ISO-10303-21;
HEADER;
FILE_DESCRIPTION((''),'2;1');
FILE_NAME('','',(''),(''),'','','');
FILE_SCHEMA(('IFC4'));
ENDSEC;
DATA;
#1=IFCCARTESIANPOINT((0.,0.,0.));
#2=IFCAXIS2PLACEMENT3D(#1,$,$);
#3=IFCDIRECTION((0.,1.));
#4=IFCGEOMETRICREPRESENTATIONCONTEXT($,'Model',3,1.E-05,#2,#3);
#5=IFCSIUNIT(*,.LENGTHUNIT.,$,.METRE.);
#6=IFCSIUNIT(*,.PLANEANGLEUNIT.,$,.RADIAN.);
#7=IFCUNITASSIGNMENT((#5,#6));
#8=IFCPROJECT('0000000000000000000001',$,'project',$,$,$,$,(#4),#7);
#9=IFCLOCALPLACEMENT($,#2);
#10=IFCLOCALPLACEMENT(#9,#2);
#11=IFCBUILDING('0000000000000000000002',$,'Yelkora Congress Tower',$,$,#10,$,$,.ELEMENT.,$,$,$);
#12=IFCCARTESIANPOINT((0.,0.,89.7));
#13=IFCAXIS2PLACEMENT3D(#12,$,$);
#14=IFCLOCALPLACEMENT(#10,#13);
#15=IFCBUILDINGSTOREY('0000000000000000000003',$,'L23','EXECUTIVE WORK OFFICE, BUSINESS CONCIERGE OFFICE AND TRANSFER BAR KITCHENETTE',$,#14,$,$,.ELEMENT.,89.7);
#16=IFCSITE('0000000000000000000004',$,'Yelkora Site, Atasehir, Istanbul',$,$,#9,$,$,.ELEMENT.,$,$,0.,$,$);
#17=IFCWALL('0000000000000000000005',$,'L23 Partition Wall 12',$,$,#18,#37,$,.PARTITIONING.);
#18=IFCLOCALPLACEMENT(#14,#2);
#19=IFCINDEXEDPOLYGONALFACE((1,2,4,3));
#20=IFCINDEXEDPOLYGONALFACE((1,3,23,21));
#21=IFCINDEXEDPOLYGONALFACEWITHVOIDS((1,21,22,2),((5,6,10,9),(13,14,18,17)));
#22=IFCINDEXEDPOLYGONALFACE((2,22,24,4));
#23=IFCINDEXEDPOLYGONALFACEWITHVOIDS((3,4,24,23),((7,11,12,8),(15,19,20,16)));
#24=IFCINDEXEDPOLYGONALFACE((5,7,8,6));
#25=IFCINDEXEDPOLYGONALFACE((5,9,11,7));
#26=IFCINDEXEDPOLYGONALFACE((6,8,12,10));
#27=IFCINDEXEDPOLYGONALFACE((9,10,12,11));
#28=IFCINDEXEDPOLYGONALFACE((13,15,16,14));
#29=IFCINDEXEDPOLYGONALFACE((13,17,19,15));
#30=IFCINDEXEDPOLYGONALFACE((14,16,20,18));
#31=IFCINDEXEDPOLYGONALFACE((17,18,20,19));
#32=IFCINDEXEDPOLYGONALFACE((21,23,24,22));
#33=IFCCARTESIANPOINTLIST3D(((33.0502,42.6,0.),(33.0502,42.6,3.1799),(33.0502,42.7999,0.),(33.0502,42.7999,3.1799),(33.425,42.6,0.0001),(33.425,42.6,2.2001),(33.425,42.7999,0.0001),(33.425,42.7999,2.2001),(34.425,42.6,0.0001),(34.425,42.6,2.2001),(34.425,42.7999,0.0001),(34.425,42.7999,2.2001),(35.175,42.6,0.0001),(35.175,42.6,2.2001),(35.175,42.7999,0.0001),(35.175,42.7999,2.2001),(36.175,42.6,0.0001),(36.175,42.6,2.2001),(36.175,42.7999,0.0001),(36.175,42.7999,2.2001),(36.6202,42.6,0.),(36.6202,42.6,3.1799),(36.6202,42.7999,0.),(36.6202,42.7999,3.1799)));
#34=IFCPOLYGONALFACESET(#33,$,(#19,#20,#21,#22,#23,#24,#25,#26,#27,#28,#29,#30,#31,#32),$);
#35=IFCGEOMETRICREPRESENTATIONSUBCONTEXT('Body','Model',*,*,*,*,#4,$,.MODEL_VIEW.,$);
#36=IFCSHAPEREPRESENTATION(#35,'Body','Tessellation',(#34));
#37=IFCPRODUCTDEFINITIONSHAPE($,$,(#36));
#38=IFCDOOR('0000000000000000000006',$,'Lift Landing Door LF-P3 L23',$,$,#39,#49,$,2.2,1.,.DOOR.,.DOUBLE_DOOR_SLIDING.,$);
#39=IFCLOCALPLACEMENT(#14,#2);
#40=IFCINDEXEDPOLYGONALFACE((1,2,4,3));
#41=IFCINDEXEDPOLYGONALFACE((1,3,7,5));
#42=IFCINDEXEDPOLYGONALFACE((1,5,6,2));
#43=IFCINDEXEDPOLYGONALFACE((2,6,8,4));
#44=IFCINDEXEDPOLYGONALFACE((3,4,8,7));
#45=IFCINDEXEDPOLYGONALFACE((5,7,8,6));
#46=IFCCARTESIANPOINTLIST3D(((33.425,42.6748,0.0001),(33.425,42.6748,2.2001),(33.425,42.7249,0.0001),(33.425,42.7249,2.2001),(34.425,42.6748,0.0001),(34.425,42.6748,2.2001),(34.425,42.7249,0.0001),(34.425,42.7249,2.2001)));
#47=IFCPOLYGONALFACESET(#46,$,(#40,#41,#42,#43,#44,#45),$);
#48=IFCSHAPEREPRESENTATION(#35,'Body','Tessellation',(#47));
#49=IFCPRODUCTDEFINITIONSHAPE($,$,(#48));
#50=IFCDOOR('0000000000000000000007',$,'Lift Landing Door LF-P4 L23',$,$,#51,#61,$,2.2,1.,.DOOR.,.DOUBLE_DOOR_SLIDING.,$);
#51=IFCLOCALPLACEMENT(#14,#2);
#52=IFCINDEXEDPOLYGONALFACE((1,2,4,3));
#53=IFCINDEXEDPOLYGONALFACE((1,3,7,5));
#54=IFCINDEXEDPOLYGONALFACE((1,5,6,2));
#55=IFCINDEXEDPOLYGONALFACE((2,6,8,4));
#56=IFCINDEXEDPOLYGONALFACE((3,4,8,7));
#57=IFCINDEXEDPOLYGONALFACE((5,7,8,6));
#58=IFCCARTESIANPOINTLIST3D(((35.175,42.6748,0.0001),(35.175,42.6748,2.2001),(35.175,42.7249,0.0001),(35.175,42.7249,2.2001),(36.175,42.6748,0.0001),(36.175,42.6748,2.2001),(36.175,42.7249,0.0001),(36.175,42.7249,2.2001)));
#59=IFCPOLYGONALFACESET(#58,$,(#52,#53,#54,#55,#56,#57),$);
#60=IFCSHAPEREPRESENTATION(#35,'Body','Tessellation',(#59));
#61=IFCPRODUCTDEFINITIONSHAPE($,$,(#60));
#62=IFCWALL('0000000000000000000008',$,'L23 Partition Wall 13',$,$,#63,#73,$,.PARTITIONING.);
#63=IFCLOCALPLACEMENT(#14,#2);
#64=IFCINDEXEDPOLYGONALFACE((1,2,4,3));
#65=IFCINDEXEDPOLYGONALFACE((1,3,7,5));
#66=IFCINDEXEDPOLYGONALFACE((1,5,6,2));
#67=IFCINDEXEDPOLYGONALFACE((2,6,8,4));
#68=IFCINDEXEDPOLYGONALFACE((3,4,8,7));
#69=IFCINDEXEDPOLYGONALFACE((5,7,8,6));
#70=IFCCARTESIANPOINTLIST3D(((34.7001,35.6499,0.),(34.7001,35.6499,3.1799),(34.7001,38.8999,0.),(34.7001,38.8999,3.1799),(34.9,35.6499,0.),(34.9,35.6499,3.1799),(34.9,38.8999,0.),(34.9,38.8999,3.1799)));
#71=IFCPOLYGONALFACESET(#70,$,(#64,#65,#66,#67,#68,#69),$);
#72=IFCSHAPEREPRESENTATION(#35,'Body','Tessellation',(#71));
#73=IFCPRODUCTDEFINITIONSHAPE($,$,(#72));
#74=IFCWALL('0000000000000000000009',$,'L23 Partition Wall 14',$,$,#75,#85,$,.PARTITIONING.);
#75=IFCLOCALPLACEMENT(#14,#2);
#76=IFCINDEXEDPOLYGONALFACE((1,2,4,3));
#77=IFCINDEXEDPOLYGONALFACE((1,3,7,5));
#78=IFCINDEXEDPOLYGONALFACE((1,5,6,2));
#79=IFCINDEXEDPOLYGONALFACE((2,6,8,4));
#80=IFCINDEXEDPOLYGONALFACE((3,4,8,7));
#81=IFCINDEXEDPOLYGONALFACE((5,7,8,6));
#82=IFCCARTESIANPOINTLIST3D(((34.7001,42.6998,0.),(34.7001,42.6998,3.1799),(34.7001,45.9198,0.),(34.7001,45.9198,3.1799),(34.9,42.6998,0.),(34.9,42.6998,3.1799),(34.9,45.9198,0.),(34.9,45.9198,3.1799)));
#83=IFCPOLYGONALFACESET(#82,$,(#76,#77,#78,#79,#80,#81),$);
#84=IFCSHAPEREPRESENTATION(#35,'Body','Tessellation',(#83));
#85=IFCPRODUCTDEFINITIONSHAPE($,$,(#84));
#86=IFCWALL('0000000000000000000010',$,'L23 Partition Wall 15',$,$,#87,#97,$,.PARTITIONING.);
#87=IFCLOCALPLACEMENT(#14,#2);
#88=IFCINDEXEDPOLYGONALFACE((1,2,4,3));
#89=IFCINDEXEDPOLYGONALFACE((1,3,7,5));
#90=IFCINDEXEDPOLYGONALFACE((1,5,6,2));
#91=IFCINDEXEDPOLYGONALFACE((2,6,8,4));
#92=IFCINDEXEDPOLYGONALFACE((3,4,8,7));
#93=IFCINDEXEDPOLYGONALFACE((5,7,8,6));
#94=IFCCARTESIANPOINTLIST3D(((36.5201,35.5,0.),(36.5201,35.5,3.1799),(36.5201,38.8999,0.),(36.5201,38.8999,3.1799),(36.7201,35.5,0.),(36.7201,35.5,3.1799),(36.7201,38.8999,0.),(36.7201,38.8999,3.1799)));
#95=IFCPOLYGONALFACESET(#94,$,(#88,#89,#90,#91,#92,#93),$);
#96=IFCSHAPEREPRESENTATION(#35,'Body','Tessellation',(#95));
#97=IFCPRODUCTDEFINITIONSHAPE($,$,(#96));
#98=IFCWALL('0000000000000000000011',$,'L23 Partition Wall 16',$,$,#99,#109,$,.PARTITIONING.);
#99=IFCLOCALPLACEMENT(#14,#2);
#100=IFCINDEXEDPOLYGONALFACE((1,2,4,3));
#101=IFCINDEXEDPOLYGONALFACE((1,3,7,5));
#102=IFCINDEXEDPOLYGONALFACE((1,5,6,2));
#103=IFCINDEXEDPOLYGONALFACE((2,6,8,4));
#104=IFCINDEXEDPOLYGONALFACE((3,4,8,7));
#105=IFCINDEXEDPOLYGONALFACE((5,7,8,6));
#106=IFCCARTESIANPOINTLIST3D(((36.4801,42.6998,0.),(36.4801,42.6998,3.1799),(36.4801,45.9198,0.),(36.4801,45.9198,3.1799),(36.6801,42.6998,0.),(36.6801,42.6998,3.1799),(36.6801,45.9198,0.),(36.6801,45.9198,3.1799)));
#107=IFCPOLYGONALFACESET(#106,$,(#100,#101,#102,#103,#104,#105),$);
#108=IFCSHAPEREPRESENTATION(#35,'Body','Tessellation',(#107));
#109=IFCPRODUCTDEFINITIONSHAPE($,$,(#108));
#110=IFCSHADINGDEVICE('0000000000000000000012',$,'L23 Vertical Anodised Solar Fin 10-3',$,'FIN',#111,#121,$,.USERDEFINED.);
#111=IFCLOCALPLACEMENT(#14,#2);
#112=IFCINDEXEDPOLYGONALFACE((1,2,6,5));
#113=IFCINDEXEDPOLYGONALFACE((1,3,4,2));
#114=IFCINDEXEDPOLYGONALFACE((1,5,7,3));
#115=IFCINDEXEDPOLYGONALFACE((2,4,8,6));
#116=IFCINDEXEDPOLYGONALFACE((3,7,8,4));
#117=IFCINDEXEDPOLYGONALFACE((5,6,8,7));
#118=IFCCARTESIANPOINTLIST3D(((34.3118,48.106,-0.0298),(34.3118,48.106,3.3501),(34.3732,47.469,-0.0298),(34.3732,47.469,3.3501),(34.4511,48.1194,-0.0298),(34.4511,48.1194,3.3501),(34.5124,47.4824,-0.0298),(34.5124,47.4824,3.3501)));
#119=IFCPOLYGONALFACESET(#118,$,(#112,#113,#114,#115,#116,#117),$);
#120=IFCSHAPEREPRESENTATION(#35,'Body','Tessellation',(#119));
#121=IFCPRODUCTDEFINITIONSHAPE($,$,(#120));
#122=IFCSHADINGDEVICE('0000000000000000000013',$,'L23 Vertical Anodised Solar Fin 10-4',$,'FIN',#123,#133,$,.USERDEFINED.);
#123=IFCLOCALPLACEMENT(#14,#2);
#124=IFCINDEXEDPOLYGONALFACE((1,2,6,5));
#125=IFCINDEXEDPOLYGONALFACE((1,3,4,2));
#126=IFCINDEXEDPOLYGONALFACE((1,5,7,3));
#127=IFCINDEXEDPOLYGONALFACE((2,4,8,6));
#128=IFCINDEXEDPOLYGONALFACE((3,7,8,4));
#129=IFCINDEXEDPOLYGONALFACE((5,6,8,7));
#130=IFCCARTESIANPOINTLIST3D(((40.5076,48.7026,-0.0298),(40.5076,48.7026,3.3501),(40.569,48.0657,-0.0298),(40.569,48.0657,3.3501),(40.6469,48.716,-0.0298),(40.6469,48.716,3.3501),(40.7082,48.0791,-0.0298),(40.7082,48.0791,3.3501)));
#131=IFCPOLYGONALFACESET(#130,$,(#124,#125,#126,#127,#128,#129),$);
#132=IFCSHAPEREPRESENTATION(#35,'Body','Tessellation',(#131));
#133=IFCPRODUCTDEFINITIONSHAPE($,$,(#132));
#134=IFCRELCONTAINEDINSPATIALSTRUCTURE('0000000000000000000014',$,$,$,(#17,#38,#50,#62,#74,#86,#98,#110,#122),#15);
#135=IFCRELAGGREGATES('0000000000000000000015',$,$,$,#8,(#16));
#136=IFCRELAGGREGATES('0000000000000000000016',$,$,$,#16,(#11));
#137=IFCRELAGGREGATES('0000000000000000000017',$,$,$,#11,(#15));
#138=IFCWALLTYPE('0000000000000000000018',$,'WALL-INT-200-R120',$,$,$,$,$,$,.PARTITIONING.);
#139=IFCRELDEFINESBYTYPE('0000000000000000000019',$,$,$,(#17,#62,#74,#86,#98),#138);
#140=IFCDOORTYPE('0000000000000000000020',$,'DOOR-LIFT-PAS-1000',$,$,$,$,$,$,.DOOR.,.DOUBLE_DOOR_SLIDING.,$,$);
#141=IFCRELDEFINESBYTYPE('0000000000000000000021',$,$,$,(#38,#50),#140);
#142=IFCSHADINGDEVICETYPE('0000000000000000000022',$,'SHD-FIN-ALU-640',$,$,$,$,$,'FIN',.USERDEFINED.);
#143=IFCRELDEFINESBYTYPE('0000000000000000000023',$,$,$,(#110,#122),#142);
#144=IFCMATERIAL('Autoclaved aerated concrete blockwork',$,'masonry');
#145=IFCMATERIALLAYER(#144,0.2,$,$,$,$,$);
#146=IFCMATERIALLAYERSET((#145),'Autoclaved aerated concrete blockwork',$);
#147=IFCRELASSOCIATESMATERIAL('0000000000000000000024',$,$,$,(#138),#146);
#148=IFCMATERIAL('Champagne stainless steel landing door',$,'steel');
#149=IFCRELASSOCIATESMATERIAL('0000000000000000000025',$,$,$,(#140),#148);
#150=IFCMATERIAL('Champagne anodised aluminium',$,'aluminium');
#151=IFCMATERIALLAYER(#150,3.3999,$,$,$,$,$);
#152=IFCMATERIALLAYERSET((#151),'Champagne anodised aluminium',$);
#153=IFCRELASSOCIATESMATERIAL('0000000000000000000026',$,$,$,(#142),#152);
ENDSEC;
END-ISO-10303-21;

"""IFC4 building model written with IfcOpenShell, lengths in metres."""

from ifc_helpers import new_model, si_unit, direction, frame, frame_2d, origin, origin_2d, place, context, subcontext, project, spatial, rectangle, extrude, material, layer, layer_set, type_object, element, fill, save


model = new_model("IFC4")

# Units and contexts
model_context = context("Model", 3, precision=1e-05, world=origin(), true_north=direction((0.0, 1.0)))
body_context = subcontext(model_context, "Body", "Model", "MODEL_VIEW")
ifc_project = project(units=[si_unit("LENGTHUNIT", "METRE"), si_unit("PLANEANGLEUNIT", "RADIAN")], contexts=[model_context])

# Site, building, storey
site_placement = place(None, origin())
site = spatial("IfcSite", under=ifc_project, at=site_placement, Name="Yelkora Site, Atasehir, Istanbul", CompositionType="ELEMENT", RefElevation=0.0)
building_placement = place(site_placement, origin())
building = spatial("IfcBuilding", under=site, at=building_placement, Name="Yelkora Congress Tower", CompositionType="ELEMENT")
storey_placement = place(building_placement, frame((0.0, 0.0, 89.7)))
storey = spatial("IfcBuildingStorey", under=building, at=storey_placement, Name="L23", Description="EXECUTIVE WORK OFFICE, BUSINESS CONCIERGE OFFICE AND TRANSFER BAR KITCHENETTE", CompositionType="ELEMENT", Elevation=89.7)

# Shared definitions
ifc_material_1 = material(Name="Autoclaved aerated concrete blockwork", Category="masonry")
ifc_layer_1 = layer(ifc_material_1, 0.2)
ifc_layer_set_1 = layer_set([ifc_layer_1], Name="Autoclaved aerated concrete blockwork")
wall_type_1 = type_object("IfcWallType", Name="WALL-INT-200-R120", PredefinedType="PARTITIONING", material=ifc_layer_set_1)

# Wall, openings, doors
ifc_material_2 = material(Name="Champagne stainless steel landing door", Category="steel")
door_type_1 = type_object("IfcDoorType", Name="DOOR-LIFT-PAS-1000", OperationType="DOUBLE_DOOR_SLIDING", PredefinedType="DOOR", material=ifc_material_2)
wall_1_placement = place(storey_placement, frame((33.05, 42.7, 0.0), z_axis=(0.0, 0.0, 1.0), x_axis=(1.0, 0.0, 0.0)))
wall_1 = element("IfcWall", 1, at=wall_1_placement, inside=storey, type_object=wall_type_1, Name="L23 Partition Wall 12", PredefinedType="PARTITIONING", context=body_context, shape_type="SweptSolid", body=[
    extrude(rectangle(XDim=3.5701, YDim=0.2, at=frame_2d((1.7852, 0.0))), origin(), (0.0, 0.0, 1.0), 3.1799),
])
opening_1_placement = place(wall_1_placement, frame((0.375, 0.0, 0.0)))
opening_1 = element("IfcOpeningElement", 2, at=opening_1_placement, cuts=wall_1, PredefinedType="OPENING", context=body_context, shape_type="SweptSolid", body=[
    extrude(rectangle(XDim=1.0, YDim=2.2, at=frame_2d((0.5, 1.1001))), frame((0.0, 0.1099, 0.0), z_axis=(0.0, -1.0, 0.0), x_axis=(1.0, 0.0, 0.0)), (0.0, 0.0, 1.0), 0.22),
])
opening_2_placement = place(wall_1_placement, frame((2.125, 0.0, 0.0)))
opening_2 = element("IfcOpeningElement", 3, at=opening_2_placement, cuts=wall_1, PredefinedType="OPENING", context=body_context, shape_type="SweptSolid", body=[
    extrude(rectangle(XDim=1.0, YDim=2.2, at=frame_2d((0.5, 1.1001))), frame((0.0, 0.1099, 0.0), z_axis=(0.0, -1.0, 0.0), x_axis=(1.0, 0.0, 0.0)), (0.0, 0.0, 1.0), 0.22),
])
door_1_placement = place(opening_1_placement, origin())
door_1 = element("IfcDoor", 4, at=door_1_placement, inside=storey, type_object=door_type_1, Name="Lift Landing Door LF-P3 L23", OperationType="DOUBLE_DOOR_SLIDING", OverallHeight=2.2, OverallWidth=1.0, PredefinedType="DOOR", context=body_context, shape_type="SweptSolid", body=[
    extrude(rectangle(XDim=1.0, YDim=2.2, at=frame_2d((0.5, 1.1001))), frame((0.0, 0.0249, 0.0), z_axis=(0.0, -1.0, 0.0), x_axis=(1.0, 0.0, 0.0)), (0.0, 0.0, 1.0), 0.05),
])
fill(opening_1, door_1)
door_2_placement = place(opening_2_placement, origin())
door_2 = element("IfcDoor", 5, at=door_2_placement, inside=storey, type_object=door_type_1, Name="Lift Landing Door LF-P4 L23", OperationType="DOUBLE_DOOR_SLIDING", OverallHeight=2.2, OverallWidth=1.0, PredefinedType="DOOR", context=body_context, shape_type="SweptSolid", body=[
    extrude(rectangle(XDim=1.0, YDim=2.2, at=frame_2d((0.5, 1.1001))), frame((0.0, 0.0249, 0.0), z_axis=(0.0, -1.0, 0.0), x_axis=(1.0, 0.0, 0.0)), (0.0, 0.0, 1.0), 0.05),
])
fill(opening_2, door_2)

# Walls
wall_2_placement = place(storey_placement, frame((34.8, 35.6499, 0.0), z_axis=(0.0, 0.0, 1.0), x_axis=(0.0, 1.0, 0.0)))
element("IfcWall", 6, at=wall_2_placement, inside=storey, type_object=wall_type_1, Name="L23 Partition Wall 13", PredefinedType="PARTITIONING", context=body_context, shape_type="SweptSolid", body=[
    extrude(rectangle(XDim=3.25, YDim=0.2, at=frame_2d((1.625, 0.0))), origin(), (0.0, 0.0, 1.0), 3.1799),
])
wall_3_placement = place(storey_placement, frame((34.8, 42.7, 0.0), z_axis=(0.0, 0.0, 1.0), x_axis=(0.0, 1.0, 0.0)))
element("IfcWall", 7, at=wall_3_placement, inside=storey, type_object=wall_type_1, Name="L23 Partition Wall 14", PredefinedType="PARTITIONING", context=body_context, shape_type="SweptSolid", body=[
    extrude(rectangle(XDim=3.22, YDim=0.2, at=frame_2d((1.6099, 0.0))), origin(), (0.0, 0.0, 1.0), 3.1799),
])
wall_4_placement = place(storey_placement, frame((36.6201, 35.5, 0.0), z_axis=(0.0, 0.0, 1.0), x_axis=(0.0, 1.0, 0.0)))
element("IfcWall", 8, at=wall_4_placement, inside=storey, type_object=wall_type_1, Name="L23 Partition Wall 15", PredefinedType="PARTITIONING", context=body_context, shape_type="SweptSolid", body=[
    extrude(rectangle(XDim=3.3999, YDim=0.2, at=frame_2d((1.7, 0.0))), origin(), (0.0, 0.0, 1.0), 3.1799),
])
wall_5_placement = place(storey_placement, frame((36.5801, 42.7, 0.0), z_axis=(0.0, 0.0, 1.0), x_axis=(0.0, 1.0, 0.0)))
element("IfcWall", 9, at=wall_5_placement, inside=storey, type_object=wall_type_1, Name="L23 Partition Wall 16", PredefinedType="PARTITIONING", context=body_context, shape_type="SweptSolid", body=[
    extrude(rectangle(XDim=3.22, YDim=0.2, at=frame_2d((1.6099, 0.0))), origin(), (0.0, 0.0, 1.0), 3.1799),
])

# Shading devices
ifc_material_3 = material(Name="Champagne anodised aluminium", Category="aluminium")
ifc_layer_2 = layer(ifc_material_3, 3.3999)
ifc_layer_set_2 = layer_set([ifc_layer_2], Name="Champagne anodised aluminium")
shading_device_type = type_object("IfcShadingDeviceType", Name="SHD-FIN-ALU-640", ElementType="FIN", PredefinedType="USERDEFINED", material=ifc_layer_set_2)
for number, where, z_axis, x_axis, name in (
    (10, (34.4121, 47.7942, -0.0298), (0.0, 0.0, 1.0), (0.995396, 0.095846, 0.0), "L23 Vertical Anodised Solar Fin 10-3"),
    (11, (40.6079, 48.3909, -0.0298), (0.0, 0.0, 1.0), (0.995396, 0.095846, 0.0), "L23 Vertical Anodised Solar Fin 10-4"),
):
    element("IfcShadingDevice", number, at=place(storey_placement, frame(where, z_axis=z_axis, x_axis=x_axis)), inside=storey, type_object=shading_device_type, Name=name, ObjectType="FIN", PredefinedType="USERDEFINED", context=body_context, shape_type="SweptSolid", body=[
        extrude(rectangle(XDim=0.1399, YDim=0.6399, at=origin_2d()), origin(), (0.0, 0.0, 1.0), 3.3799),
    ])

save(model, "model.ifc")
